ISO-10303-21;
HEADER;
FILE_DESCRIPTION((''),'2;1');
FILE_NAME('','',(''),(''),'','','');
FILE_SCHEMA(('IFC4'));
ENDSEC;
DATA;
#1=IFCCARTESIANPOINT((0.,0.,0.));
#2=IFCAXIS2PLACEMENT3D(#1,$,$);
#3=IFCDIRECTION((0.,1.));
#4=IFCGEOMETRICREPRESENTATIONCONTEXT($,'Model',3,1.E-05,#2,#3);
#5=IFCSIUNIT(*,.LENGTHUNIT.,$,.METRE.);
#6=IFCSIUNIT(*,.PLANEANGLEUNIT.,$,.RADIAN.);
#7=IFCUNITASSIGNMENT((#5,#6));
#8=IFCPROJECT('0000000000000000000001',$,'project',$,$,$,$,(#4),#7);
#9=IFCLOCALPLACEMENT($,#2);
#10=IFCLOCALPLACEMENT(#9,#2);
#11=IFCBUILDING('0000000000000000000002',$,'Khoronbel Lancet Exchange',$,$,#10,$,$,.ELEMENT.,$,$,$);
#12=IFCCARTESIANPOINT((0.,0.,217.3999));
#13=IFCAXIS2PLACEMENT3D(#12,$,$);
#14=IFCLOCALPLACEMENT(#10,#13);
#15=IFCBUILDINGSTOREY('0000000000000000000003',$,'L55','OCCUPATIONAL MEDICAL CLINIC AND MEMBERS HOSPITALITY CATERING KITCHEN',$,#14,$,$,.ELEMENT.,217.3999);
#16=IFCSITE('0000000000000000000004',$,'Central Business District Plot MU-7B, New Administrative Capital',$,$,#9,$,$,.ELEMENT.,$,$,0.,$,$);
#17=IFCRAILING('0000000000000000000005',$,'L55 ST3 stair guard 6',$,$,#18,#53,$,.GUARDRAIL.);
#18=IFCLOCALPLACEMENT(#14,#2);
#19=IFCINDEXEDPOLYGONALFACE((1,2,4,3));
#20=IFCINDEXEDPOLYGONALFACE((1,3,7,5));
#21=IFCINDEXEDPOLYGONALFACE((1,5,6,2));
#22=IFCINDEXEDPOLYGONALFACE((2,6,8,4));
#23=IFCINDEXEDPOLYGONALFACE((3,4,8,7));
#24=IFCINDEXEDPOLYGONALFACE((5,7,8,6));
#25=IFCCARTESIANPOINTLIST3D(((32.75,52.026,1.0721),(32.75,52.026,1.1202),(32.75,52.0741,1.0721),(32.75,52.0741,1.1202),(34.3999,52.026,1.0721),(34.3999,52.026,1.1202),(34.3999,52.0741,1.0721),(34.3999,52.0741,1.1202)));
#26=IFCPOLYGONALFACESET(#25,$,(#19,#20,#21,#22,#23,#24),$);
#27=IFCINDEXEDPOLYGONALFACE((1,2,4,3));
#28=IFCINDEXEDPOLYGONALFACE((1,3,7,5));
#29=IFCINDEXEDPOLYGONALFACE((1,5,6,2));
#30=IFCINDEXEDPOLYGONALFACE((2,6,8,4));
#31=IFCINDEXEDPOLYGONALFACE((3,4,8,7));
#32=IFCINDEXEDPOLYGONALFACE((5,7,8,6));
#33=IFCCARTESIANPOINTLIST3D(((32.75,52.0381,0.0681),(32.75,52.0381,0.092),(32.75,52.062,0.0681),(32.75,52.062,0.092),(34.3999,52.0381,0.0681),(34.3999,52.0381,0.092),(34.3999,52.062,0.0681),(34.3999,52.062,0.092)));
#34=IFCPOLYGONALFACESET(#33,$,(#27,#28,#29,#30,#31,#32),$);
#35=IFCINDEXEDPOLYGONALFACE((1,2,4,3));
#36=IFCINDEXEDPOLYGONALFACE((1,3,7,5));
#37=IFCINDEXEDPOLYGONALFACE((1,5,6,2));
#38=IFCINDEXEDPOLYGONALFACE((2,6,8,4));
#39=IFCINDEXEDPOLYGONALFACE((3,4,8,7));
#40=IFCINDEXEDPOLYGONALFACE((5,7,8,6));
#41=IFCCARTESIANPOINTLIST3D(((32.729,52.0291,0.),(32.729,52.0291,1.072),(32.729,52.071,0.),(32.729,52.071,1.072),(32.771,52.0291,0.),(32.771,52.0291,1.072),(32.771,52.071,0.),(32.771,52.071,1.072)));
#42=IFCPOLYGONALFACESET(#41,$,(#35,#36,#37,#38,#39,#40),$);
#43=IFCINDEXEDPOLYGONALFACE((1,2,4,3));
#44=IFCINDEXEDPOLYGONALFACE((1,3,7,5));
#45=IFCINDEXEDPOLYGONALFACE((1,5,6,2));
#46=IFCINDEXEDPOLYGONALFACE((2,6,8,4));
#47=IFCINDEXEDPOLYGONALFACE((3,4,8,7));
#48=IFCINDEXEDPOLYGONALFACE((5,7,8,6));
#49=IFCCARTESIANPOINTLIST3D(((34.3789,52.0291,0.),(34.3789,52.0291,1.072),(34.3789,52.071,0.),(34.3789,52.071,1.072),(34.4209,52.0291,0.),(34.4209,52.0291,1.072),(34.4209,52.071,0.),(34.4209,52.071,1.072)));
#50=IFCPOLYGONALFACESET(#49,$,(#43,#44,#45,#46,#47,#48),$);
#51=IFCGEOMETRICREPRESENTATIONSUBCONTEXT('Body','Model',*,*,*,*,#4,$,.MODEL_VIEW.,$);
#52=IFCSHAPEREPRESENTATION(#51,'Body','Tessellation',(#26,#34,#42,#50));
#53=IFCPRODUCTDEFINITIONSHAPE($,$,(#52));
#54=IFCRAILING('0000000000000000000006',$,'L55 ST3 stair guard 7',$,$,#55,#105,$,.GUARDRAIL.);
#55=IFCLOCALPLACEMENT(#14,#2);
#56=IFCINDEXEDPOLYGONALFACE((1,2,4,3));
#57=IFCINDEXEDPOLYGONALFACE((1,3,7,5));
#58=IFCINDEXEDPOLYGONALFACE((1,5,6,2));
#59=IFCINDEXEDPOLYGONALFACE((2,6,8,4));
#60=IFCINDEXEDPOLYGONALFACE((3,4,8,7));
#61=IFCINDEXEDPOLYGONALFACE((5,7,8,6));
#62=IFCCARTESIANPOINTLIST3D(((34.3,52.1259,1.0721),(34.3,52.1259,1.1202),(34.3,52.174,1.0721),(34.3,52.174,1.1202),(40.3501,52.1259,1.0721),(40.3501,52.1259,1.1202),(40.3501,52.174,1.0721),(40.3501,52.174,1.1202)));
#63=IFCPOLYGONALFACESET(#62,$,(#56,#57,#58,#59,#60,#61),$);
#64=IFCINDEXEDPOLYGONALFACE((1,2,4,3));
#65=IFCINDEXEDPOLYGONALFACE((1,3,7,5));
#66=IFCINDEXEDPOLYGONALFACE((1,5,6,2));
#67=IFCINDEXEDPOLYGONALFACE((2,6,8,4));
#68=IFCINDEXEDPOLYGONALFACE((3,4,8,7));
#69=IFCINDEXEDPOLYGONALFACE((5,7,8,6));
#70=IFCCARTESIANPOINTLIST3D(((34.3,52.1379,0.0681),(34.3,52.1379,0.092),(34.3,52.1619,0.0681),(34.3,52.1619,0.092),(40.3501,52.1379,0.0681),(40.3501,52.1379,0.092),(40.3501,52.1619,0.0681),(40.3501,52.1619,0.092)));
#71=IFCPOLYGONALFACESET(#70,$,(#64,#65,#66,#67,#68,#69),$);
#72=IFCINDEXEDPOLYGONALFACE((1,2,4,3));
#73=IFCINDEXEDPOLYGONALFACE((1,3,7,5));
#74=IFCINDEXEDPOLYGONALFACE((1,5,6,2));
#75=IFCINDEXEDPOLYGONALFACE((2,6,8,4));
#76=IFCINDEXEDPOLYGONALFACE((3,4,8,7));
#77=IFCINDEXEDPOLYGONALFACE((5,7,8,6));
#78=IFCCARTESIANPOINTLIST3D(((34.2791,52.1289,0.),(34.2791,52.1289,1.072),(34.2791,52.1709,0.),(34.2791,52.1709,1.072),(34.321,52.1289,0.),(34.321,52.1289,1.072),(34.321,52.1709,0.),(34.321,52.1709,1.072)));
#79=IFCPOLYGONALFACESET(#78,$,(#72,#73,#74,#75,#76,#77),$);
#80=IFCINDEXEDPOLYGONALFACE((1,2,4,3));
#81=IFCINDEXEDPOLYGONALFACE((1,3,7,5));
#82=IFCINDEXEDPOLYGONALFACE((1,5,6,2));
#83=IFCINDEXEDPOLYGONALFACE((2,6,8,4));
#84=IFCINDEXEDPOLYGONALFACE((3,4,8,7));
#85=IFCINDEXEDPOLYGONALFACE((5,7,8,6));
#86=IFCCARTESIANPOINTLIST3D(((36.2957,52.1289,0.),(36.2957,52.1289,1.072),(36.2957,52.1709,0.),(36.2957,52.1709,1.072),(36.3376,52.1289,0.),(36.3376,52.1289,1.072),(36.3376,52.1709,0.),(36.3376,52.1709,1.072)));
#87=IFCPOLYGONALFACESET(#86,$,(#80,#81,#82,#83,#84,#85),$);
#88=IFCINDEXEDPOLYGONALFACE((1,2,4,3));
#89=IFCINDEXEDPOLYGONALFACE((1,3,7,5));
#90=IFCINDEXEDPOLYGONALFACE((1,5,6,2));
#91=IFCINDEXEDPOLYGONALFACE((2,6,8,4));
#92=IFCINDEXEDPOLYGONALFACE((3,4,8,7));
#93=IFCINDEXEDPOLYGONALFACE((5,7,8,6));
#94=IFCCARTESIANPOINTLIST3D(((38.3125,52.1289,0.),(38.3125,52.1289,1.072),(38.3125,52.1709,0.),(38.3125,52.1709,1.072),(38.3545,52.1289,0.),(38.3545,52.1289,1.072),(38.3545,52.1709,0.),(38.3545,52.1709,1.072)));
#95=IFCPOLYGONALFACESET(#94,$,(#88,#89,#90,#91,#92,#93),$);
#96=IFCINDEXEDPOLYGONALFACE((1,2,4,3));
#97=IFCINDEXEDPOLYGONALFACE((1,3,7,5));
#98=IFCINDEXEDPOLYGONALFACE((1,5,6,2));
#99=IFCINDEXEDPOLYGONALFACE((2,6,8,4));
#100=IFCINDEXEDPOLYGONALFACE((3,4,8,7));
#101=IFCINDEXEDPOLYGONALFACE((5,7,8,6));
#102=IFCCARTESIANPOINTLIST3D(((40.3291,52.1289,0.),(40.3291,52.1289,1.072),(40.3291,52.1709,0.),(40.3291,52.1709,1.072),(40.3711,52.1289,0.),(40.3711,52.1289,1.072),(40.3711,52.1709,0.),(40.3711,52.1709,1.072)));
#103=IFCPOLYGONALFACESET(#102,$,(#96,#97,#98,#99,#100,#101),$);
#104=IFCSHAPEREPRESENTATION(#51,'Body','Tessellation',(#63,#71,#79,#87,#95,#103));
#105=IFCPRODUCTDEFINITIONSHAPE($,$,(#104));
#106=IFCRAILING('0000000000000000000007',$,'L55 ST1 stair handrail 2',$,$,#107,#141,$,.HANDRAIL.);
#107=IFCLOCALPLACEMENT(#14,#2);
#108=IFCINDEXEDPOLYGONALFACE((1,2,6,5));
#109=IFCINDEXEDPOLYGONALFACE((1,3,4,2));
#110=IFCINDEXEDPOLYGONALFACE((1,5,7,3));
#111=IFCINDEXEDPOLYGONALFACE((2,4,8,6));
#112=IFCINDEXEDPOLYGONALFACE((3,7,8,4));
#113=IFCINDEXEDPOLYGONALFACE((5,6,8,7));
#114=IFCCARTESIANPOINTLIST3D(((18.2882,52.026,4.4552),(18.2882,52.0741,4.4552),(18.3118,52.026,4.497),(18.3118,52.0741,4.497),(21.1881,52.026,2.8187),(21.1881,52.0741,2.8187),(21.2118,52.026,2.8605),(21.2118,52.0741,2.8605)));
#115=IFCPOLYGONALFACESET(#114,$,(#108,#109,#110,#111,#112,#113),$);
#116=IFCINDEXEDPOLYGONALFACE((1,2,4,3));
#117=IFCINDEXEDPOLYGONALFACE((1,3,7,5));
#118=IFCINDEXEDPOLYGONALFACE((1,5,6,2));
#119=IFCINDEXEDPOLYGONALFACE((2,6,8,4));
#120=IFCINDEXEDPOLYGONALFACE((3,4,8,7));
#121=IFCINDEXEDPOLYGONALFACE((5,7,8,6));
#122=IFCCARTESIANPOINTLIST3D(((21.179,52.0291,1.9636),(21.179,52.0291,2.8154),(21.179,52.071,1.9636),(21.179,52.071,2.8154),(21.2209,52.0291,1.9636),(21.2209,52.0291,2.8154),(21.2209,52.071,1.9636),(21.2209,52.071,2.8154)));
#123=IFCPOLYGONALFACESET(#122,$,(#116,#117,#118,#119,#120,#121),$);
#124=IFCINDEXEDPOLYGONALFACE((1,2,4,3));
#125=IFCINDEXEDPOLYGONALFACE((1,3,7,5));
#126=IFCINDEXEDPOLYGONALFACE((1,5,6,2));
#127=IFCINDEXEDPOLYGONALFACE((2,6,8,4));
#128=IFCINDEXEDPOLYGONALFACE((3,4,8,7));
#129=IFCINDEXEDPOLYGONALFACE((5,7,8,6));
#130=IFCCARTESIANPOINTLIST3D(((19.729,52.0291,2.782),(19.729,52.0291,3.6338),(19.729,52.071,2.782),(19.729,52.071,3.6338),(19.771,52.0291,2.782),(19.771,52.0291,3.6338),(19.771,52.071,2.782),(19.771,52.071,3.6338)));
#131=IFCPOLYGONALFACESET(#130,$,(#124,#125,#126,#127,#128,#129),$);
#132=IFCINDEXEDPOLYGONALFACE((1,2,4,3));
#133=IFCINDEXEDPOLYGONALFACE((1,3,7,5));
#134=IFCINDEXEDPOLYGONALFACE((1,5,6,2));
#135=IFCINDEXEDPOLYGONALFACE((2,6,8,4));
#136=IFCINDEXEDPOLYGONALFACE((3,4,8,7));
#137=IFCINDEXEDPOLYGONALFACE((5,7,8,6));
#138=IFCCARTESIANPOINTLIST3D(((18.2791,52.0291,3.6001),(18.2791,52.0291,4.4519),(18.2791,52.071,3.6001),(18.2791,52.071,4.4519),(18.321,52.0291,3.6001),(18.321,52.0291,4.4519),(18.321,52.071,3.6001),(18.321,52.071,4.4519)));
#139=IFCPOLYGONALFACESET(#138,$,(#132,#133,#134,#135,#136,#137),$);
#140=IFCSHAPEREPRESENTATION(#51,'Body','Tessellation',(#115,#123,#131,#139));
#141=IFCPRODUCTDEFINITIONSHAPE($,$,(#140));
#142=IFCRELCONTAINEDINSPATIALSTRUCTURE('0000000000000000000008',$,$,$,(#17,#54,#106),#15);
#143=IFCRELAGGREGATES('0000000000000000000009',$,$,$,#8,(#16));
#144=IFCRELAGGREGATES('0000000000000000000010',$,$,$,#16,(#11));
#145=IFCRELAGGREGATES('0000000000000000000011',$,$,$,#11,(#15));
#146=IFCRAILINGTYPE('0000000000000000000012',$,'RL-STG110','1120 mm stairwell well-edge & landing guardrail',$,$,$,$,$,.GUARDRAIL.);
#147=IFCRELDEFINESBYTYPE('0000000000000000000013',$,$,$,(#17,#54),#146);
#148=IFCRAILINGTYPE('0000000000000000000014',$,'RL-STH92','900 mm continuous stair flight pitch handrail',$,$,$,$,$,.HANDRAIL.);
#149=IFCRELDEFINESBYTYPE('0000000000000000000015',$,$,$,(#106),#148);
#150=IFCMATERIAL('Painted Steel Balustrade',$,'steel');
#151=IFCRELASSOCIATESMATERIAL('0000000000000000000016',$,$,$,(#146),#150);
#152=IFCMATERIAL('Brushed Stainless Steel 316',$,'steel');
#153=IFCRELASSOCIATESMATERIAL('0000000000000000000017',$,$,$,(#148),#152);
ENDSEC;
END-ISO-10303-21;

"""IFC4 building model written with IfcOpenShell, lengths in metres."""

from ifc_helpers import new_model, si_unit, direction, frame, origin, origin_2d, place, context, subcontext, project, spatial, rectangle, extrude, material, type_object, element, save


model = new_model("IFC4")

# Units and contexts
model_context = context("Model", 3, precision=1e-05, world=origin(), true_north=direction((0.0, 1.0)))
body_context = subcontext(model_context, "Body", "Model", "MODEL_VIEW")
ifc_project = project(units=[si_unit("LENGTHUNIT", "METRE"), si_unit("PLANEANGLEUNIT", "RADIAN")], contexts=[model_context])

# Site, building, storey
site_placement = place(None, origin())
site = spatial("IfcSite", under=ifc_project, at=site_placement, Name="Central Business District Plot MU-7B, New Administrative Capital", CompositionType="ELEMENT", RefElevation=0.0)
building_placement = place(site_placement, origin())
building = spatial("IfcBuilding", under=site, at=building_placement, Name="Khoronbel Lancet Exchange", CompositionType="ELEMENT")
storey_placement = place(building_placement, frame((0.0, 0.0, 217.3999)))
storey = spatial("IfcBuildingStorey", under=building, at=storey_placement, Name="L55", Description="OCCUPATIONAL MEDICAL CLINIC AND MEMBERS HOSPITALITY CATERING KITCHEN", CompositionType="ELEMENT", Elevation=217.3999)

# Railings
ifc_material_1 = material(Name="Painted Steel Balustrade", Category="steel")
railing_type_1 = type_object("IfcRailingType", Name="RL-STG110", Description="1120 mm stairwell well-edge & landing guardrail", PredefinedType="GUARDRAIL", material=ifc_material_1)
railing_1_placement = place(storey_placement, frame((32.75, 52.05, 0.0)))
element("IfcRailing", 1, at=railing_1_placement, inside=storey, type_object=railing_type_1, Name="L55 ST3 stair guard 6", PredefinedType="GUARDRAIL", context=body_context, shape_type="SweptSolid", body=[
    extrude(rectangle(XDim=0.0481, YDim=0.0481, at=origin_2d()), frame((0.0, 0.0, 1.0962), z_axis=(1.0, 0.0, 0.0), x_axis=(0.0, 1.0, 0.0)), (0.0, 0.0, 1.0), 1.6499),
    extrude(rectangle(XDim=0.0239, YDim=0.0239, at=origin_2d()), frame((0.0, 0.0, 0.0801), z_axis=(1.0, 0.0, 0.0), x_axis=(0.0, 1.0, 0.0)), (0.0, 0.0, 1.0), 1.6499),
    extrude(rectangle(XDim=0.042, YDim=0.042, at=origin_2d()), origin(), (0.0, 0.0, 1.0), 1.072),
    extrude(rectangle(XDim=0.042, YDim=0.042, at=origin_2d()), frame((1.6499, 0.0, 0.0)), (0.0, 0.0, 1.0), 1.072),
])
railing_2_placement = place(storey_placement, frame((34.3, 52.1499, 0.0)))
element("IfcRailing", 2, at=railing_2_placement, inside=storey, type_object=railing_type_1, Name="L55 ST3 stair guard 7", PredefinedType="GUARDRAIL", context=body_context, shape_type="SweptSolid", body=[
    extrude(rectangle(XDim=0.0481, YDim=0.0481, at=origin_2d()), frame((0.0, 0.0, 1.0962), z_axis=(1.0, 0.0, 0.0), x_axis=(0.0, 1.0, 0.0)), (0.0, 0.0, 1.0), 6.05),
    extrude(rectangle(XDim=0.0239, YDim=0.0239, at=origin_2d()), frame((0.0, 0.0, 0.0801), z_axis=(1.0, 0.0, 0.0), x_axis=(0.0, 1.0, 0.0)), (0.0, 0.0, 1.0), 6.05),
    extrude(rectangle(XDim=0.042, YDim=0.042, at=origin_2d()), origin(), (0.0, 0.0, 1.0), 1.072),
    extrude(rectangle(XDim=0.042, YDim=0.042, at=origin_2d()), frame((2.0166, 0.0, 0.0)), (0.0, 0.0, 1.0), 1.072),
    extrude(rectangle(XDim=0.042, YDim=0.042, at=origin_2d()), frame((4.0334, 0.0, 0.0)), (0.0, 0.0, 1.0), 1.072),
    extrude(rectangle(XDim=0.042, YDim=0.042, at=origin_2d()), frame((6.05, 0.0, 0.0)), (0.0, 0.0, 1.0), 1.072),
])
ifc_material_2 = material(Name="Brushed Stainless Steel 316", Category="steel")
railing_type_2 = type_object("IfcRailingType", Name="RL-STH92", Description="900 mm continuous stair flight pitch handrail", PredefinedType="HANDRAIL", material=ifc_material_2)
railing_3_placement = place(storey_placement, frame((21.2, 52.05, 1.9636)))
element("IfcRailing", 3, at=railing_3_placement, inside=storey, type_object=railing_type_2, Name="L55 ST1 stair handrail 2", PredefinedType="HANDRAIL", context=body_context, shape_type="SweptSolid", body=[
    extrude(rectangle(XDim=0.0481, YDim=0.0481, at=origin_2d()), frame((0.0, 0.0, 0.876), z_axis=(-0.870897, 0.0, 0.491465), x_axis=(0.0, -1.0, 0.0)), (0.0, 0.0, 1.0), 3.3298),
    extrude(rectangle(XDim=0.042, YDim=0.042, at=origin_2d()), origin(), (0.0, 0.0, 1.0), 0.8518),
    extrude(rectangle(XDim=0.042, YDim=0.042, at=origin_2d()), frame((-1.45, 0.0, 0.8184)), (0.0, 0.0, 1.0), 0.8518),
    extrude(rectangle(XDim=0.042, YDim=0.042, at=origin_2d()), frame((-2.8999, 0.0, 1.6365)), (0.0, 0.0, 1.0), 0.8518),
])

save(model, "model.ifc")
